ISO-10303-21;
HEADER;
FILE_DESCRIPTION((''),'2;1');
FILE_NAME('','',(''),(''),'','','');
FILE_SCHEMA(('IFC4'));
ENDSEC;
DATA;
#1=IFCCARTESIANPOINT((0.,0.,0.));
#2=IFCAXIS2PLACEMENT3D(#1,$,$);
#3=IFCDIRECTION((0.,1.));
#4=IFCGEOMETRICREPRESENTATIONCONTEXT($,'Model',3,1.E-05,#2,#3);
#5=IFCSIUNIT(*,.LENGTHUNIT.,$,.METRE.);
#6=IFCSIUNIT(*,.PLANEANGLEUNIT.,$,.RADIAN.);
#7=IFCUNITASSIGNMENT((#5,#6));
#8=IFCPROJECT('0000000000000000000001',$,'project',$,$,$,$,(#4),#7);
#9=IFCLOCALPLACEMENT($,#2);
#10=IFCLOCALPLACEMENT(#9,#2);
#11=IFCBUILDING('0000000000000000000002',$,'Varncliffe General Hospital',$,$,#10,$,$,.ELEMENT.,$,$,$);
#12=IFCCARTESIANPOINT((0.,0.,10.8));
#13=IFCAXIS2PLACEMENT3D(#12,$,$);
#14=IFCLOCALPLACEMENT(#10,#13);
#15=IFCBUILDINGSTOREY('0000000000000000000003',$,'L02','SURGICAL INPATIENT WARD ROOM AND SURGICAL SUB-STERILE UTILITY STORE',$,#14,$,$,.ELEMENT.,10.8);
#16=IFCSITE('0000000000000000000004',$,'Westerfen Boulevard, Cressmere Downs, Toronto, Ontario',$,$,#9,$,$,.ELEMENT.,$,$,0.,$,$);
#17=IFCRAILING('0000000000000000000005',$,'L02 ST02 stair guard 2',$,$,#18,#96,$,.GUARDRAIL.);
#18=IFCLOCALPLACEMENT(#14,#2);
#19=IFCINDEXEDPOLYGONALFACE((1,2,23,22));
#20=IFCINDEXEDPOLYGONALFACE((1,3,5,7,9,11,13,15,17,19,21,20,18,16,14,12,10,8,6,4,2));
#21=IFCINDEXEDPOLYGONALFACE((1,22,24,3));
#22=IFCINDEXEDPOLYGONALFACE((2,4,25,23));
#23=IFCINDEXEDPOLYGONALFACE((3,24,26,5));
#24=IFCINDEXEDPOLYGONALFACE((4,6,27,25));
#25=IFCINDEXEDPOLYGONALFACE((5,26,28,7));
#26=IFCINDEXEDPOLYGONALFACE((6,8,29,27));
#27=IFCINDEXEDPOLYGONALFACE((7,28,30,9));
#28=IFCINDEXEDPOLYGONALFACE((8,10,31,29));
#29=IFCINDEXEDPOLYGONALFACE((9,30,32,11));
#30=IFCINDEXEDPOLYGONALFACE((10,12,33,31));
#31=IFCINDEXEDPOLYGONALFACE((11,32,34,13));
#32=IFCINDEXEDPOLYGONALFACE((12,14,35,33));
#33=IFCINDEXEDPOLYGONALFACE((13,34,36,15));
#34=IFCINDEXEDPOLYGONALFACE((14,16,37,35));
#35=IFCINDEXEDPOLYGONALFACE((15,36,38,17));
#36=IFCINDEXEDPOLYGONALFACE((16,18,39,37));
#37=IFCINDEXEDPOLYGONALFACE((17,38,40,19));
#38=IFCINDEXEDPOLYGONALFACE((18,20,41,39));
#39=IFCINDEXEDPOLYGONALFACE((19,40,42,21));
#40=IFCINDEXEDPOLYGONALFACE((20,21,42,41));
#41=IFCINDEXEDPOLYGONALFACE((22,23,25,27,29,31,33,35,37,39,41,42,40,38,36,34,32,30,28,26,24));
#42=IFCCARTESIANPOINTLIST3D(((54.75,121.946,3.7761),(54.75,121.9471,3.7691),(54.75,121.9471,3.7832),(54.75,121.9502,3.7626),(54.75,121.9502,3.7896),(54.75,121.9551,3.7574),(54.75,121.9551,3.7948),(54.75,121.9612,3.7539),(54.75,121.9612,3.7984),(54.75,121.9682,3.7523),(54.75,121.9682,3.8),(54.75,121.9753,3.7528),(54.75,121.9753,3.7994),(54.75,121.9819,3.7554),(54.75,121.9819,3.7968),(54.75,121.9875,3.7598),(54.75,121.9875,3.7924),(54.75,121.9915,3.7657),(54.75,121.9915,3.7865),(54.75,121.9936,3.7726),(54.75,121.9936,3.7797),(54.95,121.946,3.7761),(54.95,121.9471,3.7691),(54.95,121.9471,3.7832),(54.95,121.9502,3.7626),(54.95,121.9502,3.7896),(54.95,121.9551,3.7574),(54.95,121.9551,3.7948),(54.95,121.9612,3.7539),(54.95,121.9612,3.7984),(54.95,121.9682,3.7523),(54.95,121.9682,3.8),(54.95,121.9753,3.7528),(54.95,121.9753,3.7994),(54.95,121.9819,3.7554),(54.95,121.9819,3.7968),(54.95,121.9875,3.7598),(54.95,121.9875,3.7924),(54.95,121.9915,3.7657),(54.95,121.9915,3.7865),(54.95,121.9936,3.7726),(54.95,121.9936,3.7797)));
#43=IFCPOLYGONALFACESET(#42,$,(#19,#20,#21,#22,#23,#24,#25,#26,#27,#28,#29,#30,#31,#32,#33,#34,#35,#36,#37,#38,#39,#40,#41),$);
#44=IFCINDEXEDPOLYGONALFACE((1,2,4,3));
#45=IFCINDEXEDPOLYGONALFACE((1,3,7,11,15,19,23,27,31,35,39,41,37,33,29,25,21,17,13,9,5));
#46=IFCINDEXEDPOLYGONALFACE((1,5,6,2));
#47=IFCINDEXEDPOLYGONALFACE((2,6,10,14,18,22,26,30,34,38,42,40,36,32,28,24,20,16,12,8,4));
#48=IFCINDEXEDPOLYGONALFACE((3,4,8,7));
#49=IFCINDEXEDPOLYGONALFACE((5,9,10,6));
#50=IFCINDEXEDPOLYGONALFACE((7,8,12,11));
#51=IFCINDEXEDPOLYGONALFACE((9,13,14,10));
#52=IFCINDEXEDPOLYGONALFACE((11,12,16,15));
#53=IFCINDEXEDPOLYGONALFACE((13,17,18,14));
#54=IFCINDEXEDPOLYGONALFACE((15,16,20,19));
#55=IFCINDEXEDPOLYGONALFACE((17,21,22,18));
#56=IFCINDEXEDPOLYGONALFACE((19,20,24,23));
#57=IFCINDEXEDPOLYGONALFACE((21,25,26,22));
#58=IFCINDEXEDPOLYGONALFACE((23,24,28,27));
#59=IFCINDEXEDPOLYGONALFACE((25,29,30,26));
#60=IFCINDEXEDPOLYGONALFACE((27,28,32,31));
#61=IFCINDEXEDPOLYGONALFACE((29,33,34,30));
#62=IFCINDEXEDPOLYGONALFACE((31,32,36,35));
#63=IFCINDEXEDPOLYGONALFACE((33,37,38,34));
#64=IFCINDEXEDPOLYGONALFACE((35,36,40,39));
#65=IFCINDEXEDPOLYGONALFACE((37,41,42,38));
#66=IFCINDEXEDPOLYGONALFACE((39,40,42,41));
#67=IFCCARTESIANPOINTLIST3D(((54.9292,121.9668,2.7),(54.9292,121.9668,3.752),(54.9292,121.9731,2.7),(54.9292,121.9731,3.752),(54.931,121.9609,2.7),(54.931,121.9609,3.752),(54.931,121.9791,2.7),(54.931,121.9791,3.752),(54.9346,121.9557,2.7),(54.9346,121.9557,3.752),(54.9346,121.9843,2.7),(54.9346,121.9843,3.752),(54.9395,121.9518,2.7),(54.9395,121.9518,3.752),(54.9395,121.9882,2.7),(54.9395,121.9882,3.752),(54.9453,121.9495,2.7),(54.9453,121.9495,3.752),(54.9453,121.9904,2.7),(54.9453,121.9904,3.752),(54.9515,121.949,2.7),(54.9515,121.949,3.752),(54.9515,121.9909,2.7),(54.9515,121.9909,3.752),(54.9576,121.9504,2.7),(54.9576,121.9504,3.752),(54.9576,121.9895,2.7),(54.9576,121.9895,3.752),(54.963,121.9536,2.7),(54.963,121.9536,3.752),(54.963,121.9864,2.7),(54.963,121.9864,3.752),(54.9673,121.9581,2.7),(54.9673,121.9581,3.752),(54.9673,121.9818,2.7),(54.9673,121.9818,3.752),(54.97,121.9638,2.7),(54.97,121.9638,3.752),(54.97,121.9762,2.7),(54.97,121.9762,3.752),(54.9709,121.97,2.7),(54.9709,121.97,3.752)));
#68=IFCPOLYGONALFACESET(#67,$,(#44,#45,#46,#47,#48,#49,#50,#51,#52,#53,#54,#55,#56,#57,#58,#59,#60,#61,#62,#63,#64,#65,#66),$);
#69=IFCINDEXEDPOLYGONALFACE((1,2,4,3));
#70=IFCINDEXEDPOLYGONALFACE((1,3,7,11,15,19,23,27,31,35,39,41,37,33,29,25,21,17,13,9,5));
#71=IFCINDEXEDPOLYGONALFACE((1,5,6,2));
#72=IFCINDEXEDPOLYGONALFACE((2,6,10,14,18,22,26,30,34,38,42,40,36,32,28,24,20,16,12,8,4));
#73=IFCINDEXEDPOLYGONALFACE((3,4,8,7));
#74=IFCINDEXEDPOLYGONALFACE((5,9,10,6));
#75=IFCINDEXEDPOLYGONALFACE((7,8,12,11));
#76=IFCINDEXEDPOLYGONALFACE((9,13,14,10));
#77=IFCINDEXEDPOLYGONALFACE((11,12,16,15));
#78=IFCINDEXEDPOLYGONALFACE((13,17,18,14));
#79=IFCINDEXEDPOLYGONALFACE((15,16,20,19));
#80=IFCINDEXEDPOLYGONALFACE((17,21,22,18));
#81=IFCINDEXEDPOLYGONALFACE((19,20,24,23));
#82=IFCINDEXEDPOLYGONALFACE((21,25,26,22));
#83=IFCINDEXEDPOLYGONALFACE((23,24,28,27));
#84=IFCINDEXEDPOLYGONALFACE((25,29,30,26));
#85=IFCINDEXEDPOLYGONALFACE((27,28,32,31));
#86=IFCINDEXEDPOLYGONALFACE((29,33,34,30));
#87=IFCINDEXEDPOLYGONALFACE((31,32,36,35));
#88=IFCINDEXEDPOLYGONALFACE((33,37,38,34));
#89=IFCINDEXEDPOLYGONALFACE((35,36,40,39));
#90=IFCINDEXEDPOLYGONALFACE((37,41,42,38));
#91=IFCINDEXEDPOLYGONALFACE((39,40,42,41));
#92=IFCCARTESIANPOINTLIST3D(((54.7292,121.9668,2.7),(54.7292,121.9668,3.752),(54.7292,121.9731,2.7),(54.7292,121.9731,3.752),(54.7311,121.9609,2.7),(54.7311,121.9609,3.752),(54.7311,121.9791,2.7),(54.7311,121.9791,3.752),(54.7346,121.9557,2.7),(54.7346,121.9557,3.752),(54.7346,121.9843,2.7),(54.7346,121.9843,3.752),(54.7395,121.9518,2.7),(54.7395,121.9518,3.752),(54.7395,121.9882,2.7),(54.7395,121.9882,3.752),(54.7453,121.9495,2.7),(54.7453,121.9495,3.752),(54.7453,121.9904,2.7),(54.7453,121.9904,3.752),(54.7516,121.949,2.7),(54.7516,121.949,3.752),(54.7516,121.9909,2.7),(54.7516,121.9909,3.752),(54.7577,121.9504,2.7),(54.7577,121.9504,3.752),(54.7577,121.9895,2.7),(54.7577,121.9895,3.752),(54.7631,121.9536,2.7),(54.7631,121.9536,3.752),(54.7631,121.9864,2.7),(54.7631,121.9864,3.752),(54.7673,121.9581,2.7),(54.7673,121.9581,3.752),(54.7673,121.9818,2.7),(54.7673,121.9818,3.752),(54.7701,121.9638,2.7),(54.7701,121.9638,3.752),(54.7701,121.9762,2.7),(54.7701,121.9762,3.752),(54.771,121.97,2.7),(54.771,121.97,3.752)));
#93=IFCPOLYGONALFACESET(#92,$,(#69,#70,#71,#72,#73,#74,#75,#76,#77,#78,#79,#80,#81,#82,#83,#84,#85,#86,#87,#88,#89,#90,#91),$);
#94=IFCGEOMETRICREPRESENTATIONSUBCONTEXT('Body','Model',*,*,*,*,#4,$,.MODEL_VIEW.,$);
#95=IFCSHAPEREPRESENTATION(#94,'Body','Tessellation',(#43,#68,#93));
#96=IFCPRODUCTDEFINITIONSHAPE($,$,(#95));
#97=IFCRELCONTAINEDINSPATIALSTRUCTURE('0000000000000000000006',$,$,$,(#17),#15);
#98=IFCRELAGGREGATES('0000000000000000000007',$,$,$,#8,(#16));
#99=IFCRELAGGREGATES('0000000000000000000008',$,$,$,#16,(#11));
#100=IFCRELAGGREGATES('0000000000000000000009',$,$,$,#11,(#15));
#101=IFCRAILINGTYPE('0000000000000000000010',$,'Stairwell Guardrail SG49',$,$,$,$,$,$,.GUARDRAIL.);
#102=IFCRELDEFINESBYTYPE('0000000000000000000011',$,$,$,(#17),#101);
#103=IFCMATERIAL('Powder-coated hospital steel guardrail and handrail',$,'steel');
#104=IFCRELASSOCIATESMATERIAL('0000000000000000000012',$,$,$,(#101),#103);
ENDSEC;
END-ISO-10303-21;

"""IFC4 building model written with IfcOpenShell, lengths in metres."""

from ifc_helpers import new_model, si_unit, direction, frame, origin, origin_2d, place, context, subcontext, project, spatial, circle, extrude, material, type_object, element, save


model = new_model("IFC4")

# Units and contexts
model_context = context("Model", 3, precision=1e-05, world=origin(), true_north=direction((0.0, 1.0)))
body_context = subcontext(model_context, "Body", "Model", "MODEL_VIEW")
ifc_project = project(units=[si_unit("LENGTHUNIT", "METRE"), si_unit("PLANEANGLEUNIT", "RADIAN")], contexts=[model_context])

# Site, building, storey
site_placement = place(None, origin())
site = spatial("IfcSite", under=ifc_project, at=site_placement, Name="Westerfen Boulevard, Cressmere Downs, Toronto, Ontario", CompositionType="ELEMENT", RefElevation=0.0)
building_placement = place(site_placement, origin())
building = spatial("IfcBuilding", under=site, at=building_placement, Name="Varncliffe General Hospital", CompositionType="ELEMENT")
storey_placement = place(building_placement, frame((0.0, 0.0, 10.8)))
storey = spatial("IfcBuildingStorey", under=building, at=storey_placement, Name="L02", Description="SURGICAL INPATIENT WARD ROOM AND SURGICAL SUB-STERILE UTILITY STORE", CompositionType="ELEMENT", Elevation=10.8)

# Railing
ifc_material_1 = material(Name="Powder-coated hospital steel guardrail and handrail", Category="steel")
railing_type_1 = type_object("IfcRailingType", Name="Stairwell Guardrail SG49", PredefinedType="GUARDRAIL", material=ifc_material_1)
railing_1_placement = place(storey_placement, frame((54.95, 121.97, 2.7)))
element("IfcRailing", 1, at=railing_1_placement, inside=storey, type_object=railing_type_1, Name="L02 ST02 stair guard 2", PredefinedType="GUARDRAIL", context=body_context, shape_type="SweptSolid", body=[
    extrude(circle(Radius=0.0239, at=origin_2d()), frame((0.0, 0.0, 1.0762), z_axis=(-1.0, 0.0, 0.0), x_axis=(0.0, -1.0, 0.0)), (0.0, 0.0, 1.0), 0.2),
    extrude(circle(Radius=0.021, at=origin_2d()), origin(), (0.0, 0.0, 1.0), 1.052),
    extrude(circle(Radius=0.021, at=origin_2d()), frame((-0.2, 0.0, 0.0)), (0.0, 0.0, 1.0), 1.052),
])

save(model, "model.ifc")
